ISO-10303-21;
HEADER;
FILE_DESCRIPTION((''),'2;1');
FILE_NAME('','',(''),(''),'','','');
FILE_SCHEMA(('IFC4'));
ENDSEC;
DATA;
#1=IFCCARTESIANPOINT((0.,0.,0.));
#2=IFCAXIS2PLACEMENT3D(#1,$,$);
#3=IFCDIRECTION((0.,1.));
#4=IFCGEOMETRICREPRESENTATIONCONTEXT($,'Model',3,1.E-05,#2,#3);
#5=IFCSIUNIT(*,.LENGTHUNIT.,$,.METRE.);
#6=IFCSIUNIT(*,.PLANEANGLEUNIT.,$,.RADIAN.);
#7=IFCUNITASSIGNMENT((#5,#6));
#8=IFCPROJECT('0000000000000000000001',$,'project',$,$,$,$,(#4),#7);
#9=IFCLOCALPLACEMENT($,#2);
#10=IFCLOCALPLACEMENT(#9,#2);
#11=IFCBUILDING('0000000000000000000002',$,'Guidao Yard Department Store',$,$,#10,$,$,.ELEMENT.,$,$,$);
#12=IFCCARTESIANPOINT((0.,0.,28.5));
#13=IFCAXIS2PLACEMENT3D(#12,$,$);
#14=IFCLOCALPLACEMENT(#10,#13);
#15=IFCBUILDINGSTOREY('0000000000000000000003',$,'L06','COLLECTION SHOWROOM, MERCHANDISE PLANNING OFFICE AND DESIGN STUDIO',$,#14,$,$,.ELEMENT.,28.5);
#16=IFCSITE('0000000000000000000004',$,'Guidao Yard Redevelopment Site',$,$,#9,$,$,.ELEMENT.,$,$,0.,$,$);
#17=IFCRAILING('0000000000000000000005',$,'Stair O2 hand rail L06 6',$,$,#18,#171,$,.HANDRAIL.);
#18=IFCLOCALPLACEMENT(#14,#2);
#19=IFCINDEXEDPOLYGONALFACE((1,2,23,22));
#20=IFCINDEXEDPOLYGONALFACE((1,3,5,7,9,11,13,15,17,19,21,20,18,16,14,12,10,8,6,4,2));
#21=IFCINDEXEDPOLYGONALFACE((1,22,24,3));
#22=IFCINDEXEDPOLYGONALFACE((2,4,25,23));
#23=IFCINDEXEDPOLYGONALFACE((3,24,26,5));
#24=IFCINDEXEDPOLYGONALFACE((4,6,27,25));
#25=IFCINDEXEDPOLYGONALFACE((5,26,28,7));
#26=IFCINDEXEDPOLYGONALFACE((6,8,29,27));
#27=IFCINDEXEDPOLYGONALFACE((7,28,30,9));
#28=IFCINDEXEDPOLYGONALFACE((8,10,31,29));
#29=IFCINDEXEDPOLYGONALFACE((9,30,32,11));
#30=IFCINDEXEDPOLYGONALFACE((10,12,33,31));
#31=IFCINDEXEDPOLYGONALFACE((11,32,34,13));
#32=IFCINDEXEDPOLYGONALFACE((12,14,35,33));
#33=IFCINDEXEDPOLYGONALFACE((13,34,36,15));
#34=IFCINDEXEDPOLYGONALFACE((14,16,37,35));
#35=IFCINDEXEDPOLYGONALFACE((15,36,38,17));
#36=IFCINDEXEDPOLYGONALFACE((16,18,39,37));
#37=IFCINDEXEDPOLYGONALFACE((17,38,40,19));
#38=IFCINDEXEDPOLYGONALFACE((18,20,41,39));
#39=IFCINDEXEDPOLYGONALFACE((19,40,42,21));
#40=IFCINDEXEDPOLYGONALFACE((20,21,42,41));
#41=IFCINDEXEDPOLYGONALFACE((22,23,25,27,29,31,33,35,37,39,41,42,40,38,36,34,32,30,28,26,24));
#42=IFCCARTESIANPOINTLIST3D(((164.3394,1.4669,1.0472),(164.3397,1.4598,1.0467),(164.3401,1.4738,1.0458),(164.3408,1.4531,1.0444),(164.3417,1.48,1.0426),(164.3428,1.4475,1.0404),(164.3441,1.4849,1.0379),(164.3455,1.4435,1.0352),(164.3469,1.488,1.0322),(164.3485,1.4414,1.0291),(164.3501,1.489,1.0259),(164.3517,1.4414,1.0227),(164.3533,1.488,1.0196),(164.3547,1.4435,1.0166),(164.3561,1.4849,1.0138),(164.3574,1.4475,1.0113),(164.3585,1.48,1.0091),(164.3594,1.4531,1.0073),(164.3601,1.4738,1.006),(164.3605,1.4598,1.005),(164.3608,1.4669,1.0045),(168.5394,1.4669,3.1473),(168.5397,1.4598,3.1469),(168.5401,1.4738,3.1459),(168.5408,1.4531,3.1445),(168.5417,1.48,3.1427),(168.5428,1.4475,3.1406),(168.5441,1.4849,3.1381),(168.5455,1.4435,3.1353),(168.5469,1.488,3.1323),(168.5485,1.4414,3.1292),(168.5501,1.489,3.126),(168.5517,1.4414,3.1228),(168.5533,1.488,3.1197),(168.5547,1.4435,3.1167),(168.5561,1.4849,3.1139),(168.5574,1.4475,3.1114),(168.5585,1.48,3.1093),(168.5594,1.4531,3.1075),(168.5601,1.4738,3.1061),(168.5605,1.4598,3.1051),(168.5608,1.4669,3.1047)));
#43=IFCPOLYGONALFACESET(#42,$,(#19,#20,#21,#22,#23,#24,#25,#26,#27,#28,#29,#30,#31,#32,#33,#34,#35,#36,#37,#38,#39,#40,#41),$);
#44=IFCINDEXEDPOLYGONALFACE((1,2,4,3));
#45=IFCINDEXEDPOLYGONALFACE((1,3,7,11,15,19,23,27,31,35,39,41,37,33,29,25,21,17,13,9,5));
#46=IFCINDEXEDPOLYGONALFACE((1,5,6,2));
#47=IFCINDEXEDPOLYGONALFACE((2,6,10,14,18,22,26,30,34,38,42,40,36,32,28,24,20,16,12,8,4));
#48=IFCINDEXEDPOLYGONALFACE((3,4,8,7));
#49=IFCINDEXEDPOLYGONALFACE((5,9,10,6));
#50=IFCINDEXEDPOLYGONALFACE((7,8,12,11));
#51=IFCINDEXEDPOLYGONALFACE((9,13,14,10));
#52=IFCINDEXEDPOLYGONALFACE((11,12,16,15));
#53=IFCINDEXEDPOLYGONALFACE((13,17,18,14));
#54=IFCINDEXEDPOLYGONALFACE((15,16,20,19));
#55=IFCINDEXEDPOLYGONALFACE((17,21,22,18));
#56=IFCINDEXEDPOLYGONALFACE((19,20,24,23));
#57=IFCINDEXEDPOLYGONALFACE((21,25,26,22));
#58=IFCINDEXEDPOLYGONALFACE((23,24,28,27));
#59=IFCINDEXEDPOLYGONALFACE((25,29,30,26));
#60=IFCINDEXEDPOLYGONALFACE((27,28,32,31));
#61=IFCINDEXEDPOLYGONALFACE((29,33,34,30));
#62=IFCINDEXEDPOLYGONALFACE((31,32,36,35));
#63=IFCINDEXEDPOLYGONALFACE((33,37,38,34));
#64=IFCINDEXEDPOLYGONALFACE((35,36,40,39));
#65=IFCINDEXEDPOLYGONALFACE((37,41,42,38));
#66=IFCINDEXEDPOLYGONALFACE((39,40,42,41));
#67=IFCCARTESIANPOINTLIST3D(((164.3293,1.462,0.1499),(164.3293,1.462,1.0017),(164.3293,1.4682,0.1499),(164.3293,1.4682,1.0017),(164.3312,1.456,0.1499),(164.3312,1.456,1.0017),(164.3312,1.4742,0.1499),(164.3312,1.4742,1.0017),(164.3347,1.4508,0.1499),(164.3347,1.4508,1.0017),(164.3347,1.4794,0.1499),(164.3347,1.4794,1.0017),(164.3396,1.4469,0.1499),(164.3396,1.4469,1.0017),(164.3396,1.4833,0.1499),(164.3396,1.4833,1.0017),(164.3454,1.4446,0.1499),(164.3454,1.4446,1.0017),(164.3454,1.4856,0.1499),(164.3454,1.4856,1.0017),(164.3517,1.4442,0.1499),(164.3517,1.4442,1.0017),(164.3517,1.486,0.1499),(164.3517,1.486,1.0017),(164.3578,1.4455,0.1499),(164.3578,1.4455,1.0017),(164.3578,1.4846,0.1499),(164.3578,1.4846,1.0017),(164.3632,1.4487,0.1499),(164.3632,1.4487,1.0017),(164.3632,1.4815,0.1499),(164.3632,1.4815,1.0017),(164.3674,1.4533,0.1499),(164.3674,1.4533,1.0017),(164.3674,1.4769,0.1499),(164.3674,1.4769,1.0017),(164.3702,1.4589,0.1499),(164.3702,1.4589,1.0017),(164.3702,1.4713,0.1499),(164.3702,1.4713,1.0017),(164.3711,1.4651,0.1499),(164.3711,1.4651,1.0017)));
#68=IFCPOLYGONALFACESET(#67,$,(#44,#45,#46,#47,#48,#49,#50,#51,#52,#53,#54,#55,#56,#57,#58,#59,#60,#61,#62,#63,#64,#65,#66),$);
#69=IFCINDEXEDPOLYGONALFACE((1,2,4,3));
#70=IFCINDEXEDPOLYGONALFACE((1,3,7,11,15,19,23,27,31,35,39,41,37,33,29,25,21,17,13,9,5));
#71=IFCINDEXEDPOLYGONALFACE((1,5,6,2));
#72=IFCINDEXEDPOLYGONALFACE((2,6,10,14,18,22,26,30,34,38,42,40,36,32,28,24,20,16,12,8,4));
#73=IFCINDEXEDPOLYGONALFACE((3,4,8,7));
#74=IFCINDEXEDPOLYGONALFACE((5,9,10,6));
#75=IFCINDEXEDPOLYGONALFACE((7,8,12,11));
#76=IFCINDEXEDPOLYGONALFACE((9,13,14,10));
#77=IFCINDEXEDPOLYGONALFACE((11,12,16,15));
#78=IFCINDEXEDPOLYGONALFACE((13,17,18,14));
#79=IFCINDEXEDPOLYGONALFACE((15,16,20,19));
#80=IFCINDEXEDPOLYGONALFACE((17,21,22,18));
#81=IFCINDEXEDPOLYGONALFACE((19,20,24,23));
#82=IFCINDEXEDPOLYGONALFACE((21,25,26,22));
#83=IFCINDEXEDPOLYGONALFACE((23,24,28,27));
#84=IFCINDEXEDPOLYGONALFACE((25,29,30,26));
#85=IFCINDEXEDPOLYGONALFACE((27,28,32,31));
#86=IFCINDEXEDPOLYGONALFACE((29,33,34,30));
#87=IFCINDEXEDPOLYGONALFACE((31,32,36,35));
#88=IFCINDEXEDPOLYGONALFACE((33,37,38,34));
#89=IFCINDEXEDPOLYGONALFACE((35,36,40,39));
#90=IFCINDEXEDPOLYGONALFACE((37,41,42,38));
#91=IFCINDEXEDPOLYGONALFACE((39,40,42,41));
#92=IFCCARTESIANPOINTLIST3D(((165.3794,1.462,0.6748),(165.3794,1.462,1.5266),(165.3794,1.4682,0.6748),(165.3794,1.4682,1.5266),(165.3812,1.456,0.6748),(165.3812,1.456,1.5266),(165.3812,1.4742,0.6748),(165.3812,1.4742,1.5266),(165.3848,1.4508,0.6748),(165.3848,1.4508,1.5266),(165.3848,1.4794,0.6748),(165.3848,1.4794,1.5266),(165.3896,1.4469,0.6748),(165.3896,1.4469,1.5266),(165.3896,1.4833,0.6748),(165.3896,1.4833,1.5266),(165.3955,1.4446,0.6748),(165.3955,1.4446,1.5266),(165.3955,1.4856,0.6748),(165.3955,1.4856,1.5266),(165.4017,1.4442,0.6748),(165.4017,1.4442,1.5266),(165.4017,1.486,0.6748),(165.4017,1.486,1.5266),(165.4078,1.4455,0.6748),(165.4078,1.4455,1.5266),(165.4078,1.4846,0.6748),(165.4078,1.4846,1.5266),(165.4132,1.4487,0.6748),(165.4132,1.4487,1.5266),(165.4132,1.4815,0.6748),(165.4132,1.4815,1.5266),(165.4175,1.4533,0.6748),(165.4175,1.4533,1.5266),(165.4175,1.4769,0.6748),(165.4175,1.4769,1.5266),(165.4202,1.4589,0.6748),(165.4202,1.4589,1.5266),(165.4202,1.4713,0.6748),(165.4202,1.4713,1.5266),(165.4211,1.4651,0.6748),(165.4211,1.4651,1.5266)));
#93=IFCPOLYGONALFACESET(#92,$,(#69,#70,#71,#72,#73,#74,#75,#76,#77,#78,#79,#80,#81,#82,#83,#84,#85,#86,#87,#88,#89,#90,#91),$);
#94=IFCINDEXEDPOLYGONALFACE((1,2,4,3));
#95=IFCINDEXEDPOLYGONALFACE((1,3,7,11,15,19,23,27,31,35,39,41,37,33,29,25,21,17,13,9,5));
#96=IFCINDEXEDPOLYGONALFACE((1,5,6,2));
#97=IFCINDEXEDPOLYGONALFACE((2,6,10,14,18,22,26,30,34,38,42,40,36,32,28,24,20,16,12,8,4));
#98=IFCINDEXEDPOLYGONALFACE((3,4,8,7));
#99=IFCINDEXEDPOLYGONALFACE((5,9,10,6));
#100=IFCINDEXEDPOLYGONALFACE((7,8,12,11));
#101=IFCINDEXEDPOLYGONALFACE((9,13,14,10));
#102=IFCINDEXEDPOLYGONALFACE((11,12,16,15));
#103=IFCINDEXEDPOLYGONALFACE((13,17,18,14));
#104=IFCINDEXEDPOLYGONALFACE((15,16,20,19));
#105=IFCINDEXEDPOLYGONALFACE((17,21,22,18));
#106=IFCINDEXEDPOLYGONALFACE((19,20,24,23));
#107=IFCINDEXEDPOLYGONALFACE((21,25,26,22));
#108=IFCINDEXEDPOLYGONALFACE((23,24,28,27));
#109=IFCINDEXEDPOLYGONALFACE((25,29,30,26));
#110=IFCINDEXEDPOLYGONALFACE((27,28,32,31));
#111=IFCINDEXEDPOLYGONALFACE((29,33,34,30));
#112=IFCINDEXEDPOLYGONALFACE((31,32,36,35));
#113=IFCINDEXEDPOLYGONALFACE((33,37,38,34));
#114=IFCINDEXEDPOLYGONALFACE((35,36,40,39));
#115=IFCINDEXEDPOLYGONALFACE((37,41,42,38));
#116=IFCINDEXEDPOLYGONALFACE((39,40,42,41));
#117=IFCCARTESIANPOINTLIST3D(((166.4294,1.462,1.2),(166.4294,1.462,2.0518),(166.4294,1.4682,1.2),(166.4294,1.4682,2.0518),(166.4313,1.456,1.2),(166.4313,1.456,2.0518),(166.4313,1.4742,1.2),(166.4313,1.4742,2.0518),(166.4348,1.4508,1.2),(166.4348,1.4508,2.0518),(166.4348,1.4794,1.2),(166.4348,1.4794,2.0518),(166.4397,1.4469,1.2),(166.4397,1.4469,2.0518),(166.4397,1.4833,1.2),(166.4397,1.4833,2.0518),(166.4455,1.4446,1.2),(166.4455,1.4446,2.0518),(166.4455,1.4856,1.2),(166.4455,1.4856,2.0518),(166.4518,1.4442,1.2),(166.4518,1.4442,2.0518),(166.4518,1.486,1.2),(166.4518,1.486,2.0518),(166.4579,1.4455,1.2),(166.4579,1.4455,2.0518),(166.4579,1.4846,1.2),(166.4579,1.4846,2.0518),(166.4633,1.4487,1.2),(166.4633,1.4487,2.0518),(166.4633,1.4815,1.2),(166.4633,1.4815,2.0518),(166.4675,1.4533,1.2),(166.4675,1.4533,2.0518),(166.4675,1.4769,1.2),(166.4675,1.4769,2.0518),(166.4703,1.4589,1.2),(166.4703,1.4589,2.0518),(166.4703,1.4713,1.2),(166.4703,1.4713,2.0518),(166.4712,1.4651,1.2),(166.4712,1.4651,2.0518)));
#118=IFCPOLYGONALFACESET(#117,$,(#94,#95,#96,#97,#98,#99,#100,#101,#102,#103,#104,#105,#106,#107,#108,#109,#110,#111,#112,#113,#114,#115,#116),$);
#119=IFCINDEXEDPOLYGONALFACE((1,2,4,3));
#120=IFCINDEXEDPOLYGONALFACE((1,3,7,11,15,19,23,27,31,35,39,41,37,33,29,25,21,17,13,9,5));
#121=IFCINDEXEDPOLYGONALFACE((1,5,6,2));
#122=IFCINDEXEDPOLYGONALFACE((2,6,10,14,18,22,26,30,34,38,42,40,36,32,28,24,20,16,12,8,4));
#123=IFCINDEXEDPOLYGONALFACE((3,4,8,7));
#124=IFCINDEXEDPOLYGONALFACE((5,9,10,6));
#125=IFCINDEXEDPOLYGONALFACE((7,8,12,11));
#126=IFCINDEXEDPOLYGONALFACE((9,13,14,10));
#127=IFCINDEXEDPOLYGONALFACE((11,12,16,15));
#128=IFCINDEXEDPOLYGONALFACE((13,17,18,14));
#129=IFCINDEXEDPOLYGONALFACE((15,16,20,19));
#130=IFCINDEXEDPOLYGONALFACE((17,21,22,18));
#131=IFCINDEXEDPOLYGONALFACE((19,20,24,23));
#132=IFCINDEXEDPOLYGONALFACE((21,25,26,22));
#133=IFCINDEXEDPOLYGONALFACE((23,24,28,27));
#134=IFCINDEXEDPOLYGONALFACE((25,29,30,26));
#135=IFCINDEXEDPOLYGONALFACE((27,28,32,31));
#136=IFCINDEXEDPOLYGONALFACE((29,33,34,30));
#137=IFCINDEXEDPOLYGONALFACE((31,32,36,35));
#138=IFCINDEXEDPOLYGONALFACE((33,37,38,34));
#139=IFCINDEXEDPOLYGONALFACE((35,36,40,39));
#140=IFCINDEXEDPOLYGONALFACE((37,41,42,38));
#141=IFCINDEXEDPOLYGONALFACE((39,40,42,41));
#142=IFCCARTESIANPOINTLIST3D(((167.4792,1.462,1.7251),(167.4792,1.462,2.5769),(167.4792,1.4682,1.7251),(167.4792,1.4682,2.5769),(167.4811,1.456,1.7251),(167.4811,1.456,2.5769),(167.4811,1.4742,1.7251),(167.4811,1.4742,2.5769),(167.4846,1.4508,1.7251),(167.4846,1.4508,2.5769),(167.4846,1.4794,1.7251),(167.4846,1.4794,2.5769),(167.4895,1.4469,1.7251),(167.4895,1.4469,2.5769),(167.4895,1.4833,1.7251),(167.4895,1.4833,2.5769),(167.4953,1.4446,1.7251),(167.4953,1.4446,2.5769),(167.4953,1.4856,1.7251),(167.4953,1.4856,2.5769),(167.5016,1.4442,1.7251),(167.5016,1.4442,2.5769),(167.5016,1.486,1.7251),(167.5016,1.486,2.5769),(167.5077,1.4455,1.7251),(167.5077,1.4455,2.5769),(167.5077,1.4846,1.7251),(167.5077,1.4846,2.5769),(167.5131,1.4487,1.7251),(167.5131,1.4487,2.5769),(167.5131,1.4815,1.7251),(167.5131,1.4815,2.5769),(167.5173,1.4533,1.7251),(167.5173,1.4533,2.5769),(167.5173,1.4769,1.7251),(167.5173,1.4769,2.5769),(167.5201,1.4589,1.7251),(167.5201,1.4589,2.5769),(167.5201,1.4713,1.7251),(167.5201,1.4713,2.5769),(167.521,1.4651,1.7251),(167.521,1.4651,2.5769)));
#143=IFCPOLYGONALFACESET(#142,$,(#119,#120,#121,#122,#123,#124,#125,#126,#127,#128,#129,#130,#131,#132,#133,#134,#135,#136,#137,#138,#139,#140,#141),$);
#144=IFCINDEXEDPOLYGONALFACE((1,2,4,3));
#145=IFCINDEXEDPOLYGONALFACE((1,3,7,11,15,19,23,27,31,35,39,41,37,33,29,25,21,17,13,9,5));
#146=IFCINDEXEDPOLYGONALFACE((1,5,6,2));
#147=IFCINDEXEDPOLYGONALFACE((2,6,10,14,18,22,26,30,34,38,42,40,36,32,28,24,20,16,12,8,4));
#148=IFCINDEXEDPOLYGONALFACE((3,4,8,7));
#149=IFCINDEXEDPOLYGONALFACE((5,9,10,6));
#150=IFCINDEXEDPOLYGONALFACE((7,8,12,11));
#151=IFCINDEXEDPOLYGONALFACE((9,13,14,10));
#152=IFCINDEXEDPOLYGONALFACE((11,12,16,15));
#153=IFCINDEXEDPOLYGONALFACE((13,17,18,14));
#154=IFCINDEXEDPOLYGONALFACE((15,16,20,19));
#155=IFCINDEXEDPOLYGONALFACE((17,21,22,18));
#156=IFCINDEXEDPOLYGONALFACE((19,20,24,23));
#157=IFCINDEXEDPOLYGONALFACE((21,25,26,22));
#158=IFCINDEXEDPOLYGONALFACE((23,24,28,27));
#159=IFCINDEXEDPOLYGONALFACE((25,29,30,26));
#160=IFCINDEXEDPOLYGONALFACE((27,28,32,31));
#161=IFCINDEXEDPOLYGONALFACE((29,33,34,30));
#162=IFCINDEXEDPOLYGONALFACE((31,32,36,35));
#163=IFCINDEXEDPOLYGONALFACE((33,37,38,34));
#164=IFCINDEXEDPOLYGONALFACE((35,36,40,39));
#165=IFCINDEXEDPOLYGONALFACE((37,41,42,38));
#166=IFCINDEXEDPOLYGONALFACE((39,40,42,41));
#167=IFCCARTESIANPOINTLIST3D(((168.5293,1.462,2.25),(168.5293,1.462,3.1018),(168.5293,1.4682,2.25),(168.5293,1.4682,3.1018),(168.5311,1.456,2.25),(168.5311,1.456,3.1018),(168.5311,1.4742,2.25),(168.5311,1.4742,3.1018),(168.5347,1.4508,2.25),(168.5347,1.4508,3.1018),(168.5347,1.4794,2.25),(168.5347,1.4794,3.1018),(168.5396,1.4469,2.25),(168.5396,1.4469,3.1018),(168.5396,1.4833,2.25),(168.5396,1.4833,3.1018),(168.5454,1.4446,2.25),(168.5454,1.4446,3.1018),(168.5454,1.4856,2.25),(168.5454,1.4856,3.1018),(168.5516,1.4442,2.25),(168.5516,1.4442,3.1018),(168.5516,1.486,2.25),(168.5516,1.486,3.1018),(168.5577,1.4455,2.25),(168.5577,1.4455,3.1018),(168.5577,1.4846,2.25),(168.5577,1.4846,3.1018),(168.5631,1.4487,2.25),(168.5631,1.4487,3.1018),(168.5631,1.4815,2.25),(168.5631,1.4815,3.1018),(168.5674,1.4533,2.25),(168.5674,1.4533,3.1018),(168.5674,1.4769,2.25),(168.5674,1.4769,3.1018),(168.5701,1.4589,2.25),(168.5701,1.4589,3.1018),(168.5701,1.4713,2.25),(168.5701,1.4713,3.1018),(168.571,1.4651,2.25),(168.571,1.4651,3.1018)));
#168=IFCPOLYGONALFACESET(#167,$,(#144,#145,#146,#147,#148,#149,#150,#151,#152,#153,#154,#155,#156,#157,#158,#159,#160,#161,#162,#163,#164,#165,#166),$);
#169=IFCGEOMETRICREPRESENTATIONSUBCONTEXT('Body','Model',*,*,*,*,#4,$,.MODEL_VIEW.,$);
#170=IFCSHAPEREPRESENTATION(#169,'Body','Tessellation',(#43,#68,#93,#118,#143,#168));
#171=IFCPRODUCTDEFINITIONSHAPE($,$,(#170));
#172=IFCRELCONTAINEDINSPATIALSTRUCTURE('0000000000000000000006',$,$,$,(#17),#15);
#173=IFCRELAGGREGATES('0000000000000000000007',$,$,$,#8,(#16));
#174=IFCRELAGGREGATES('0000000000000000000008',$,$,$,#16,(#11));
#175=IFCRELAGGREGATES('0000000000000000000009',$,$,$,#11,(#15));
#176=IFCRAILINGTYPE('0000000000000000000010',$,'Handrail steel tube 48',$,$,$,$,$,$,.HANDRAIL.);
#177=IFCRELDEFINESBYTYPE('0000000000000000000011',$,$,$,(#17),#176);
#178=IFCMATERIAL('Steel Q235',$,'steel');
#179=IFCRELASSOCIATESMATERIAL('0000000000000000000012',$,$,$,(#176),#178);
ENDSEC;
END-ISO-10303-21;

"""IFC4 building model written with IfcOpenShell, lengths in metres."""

from ifc_helpers import new_model, si_unit, direction, frame, origin, origin_2d, place, context, subcontext, project, spatial, circle, extrude, material, type_object, element, save


model = new_model("IFC4")

# Units and contexts
model_context = context("Model", 3, precision=1e-05, world=origin(), true_north=direction((0.0, 1.0)))
body_context = subcontext(model_context, "Body", "Model", "MODEL_VIEW")
ifc_project = project(units=[si_unit("LENGTHUNIT", "METRE"), si_unit("PLANEANGLEUNIT", "RADIAN")], contexts=[model_context])

# Site, building, storey
site_placement = place(None, origin())
site = spatial("IfcSite", under=ifc_project, at=site_placement, Name="Guidao Yard Redevelopment Site", CompositionType="ELEMENT", RefElevation=0.0)
building_placement = place(site_placement, origin())
building = spatial("IfcBuilding", under=site, at=building_placement, Name="Guidao Yard Department Store", CompositionType="ELEMENT")
storey_placement = place(building_placement, frame((0.0, 0.0, 28.5)))
storey = spatial("IfcBuildingStorey", under=building, at=storey_placement, Name="L06", Description="COLLECTION SHOWROOM, MERCHANDISE PLANNING OFFICE AND DESIGN STUDIO", CompositionType="ELEMENT", Elevation=28.5)

# Railing
ifc_material_1 = material(Name="Steel Q235", Category="steel")
railing_type_1 = type_object("IfcRailingType", Name="Handrail steel tube 48", PredefinedType="HANDRAIL", material=ifc_material_1)
for number, where, name in (
    (1, (164.3501, 1.4651, 0.1499), "Stair O2 hand rail L06 6"),
):
    element("IfcRailing", number, at=place(storey_placement, frame(where)), inside=storey, type_object=railing_type_1, Name=name, PredefinedType="HANDRAIL", context=body_context, shape_type="SweptSolid", body=[
        extrude(circle(Radius=0.0239, at=origin_2d()), frame((0.0, 0.0, 0.876), z_axis=(0.894417, 0.0, 0.447234), x_axis=(0.0, 1.0, 0.0)), (0.0, 0.0, 1.0), 4.6958),
        extrude(circle(Radius=0.021, at=origin_2d()), origin(), (0.0, 0.0, 1.0), 0.8518),
        extrude(circle(Radius=0.021, at=origin_2d()), frame((1.05, 0.0, 0.5249)), (0.0, 0.0, 1.0), 0.8518),
        extrude(circle(Radius=0.021, at=origin_2d()), frame((2.1001, 0.0, 1.05)), (0.0, 0.0, 1.0), 0.8518),
        extrude(circle(Radius=0.021, at=origin_2d()), frame((3.1499, 0.0, 1.5752)), (0.0, 0.0, 1.0), 0.8518),
        extrude(circle(Radius=0.021, at=origin_2d()), frame((4.2, 0.0, 2.1001)), (0.0, 0.0, 1.0), 0.8518),
    ])

save(model, "model.ifc")
